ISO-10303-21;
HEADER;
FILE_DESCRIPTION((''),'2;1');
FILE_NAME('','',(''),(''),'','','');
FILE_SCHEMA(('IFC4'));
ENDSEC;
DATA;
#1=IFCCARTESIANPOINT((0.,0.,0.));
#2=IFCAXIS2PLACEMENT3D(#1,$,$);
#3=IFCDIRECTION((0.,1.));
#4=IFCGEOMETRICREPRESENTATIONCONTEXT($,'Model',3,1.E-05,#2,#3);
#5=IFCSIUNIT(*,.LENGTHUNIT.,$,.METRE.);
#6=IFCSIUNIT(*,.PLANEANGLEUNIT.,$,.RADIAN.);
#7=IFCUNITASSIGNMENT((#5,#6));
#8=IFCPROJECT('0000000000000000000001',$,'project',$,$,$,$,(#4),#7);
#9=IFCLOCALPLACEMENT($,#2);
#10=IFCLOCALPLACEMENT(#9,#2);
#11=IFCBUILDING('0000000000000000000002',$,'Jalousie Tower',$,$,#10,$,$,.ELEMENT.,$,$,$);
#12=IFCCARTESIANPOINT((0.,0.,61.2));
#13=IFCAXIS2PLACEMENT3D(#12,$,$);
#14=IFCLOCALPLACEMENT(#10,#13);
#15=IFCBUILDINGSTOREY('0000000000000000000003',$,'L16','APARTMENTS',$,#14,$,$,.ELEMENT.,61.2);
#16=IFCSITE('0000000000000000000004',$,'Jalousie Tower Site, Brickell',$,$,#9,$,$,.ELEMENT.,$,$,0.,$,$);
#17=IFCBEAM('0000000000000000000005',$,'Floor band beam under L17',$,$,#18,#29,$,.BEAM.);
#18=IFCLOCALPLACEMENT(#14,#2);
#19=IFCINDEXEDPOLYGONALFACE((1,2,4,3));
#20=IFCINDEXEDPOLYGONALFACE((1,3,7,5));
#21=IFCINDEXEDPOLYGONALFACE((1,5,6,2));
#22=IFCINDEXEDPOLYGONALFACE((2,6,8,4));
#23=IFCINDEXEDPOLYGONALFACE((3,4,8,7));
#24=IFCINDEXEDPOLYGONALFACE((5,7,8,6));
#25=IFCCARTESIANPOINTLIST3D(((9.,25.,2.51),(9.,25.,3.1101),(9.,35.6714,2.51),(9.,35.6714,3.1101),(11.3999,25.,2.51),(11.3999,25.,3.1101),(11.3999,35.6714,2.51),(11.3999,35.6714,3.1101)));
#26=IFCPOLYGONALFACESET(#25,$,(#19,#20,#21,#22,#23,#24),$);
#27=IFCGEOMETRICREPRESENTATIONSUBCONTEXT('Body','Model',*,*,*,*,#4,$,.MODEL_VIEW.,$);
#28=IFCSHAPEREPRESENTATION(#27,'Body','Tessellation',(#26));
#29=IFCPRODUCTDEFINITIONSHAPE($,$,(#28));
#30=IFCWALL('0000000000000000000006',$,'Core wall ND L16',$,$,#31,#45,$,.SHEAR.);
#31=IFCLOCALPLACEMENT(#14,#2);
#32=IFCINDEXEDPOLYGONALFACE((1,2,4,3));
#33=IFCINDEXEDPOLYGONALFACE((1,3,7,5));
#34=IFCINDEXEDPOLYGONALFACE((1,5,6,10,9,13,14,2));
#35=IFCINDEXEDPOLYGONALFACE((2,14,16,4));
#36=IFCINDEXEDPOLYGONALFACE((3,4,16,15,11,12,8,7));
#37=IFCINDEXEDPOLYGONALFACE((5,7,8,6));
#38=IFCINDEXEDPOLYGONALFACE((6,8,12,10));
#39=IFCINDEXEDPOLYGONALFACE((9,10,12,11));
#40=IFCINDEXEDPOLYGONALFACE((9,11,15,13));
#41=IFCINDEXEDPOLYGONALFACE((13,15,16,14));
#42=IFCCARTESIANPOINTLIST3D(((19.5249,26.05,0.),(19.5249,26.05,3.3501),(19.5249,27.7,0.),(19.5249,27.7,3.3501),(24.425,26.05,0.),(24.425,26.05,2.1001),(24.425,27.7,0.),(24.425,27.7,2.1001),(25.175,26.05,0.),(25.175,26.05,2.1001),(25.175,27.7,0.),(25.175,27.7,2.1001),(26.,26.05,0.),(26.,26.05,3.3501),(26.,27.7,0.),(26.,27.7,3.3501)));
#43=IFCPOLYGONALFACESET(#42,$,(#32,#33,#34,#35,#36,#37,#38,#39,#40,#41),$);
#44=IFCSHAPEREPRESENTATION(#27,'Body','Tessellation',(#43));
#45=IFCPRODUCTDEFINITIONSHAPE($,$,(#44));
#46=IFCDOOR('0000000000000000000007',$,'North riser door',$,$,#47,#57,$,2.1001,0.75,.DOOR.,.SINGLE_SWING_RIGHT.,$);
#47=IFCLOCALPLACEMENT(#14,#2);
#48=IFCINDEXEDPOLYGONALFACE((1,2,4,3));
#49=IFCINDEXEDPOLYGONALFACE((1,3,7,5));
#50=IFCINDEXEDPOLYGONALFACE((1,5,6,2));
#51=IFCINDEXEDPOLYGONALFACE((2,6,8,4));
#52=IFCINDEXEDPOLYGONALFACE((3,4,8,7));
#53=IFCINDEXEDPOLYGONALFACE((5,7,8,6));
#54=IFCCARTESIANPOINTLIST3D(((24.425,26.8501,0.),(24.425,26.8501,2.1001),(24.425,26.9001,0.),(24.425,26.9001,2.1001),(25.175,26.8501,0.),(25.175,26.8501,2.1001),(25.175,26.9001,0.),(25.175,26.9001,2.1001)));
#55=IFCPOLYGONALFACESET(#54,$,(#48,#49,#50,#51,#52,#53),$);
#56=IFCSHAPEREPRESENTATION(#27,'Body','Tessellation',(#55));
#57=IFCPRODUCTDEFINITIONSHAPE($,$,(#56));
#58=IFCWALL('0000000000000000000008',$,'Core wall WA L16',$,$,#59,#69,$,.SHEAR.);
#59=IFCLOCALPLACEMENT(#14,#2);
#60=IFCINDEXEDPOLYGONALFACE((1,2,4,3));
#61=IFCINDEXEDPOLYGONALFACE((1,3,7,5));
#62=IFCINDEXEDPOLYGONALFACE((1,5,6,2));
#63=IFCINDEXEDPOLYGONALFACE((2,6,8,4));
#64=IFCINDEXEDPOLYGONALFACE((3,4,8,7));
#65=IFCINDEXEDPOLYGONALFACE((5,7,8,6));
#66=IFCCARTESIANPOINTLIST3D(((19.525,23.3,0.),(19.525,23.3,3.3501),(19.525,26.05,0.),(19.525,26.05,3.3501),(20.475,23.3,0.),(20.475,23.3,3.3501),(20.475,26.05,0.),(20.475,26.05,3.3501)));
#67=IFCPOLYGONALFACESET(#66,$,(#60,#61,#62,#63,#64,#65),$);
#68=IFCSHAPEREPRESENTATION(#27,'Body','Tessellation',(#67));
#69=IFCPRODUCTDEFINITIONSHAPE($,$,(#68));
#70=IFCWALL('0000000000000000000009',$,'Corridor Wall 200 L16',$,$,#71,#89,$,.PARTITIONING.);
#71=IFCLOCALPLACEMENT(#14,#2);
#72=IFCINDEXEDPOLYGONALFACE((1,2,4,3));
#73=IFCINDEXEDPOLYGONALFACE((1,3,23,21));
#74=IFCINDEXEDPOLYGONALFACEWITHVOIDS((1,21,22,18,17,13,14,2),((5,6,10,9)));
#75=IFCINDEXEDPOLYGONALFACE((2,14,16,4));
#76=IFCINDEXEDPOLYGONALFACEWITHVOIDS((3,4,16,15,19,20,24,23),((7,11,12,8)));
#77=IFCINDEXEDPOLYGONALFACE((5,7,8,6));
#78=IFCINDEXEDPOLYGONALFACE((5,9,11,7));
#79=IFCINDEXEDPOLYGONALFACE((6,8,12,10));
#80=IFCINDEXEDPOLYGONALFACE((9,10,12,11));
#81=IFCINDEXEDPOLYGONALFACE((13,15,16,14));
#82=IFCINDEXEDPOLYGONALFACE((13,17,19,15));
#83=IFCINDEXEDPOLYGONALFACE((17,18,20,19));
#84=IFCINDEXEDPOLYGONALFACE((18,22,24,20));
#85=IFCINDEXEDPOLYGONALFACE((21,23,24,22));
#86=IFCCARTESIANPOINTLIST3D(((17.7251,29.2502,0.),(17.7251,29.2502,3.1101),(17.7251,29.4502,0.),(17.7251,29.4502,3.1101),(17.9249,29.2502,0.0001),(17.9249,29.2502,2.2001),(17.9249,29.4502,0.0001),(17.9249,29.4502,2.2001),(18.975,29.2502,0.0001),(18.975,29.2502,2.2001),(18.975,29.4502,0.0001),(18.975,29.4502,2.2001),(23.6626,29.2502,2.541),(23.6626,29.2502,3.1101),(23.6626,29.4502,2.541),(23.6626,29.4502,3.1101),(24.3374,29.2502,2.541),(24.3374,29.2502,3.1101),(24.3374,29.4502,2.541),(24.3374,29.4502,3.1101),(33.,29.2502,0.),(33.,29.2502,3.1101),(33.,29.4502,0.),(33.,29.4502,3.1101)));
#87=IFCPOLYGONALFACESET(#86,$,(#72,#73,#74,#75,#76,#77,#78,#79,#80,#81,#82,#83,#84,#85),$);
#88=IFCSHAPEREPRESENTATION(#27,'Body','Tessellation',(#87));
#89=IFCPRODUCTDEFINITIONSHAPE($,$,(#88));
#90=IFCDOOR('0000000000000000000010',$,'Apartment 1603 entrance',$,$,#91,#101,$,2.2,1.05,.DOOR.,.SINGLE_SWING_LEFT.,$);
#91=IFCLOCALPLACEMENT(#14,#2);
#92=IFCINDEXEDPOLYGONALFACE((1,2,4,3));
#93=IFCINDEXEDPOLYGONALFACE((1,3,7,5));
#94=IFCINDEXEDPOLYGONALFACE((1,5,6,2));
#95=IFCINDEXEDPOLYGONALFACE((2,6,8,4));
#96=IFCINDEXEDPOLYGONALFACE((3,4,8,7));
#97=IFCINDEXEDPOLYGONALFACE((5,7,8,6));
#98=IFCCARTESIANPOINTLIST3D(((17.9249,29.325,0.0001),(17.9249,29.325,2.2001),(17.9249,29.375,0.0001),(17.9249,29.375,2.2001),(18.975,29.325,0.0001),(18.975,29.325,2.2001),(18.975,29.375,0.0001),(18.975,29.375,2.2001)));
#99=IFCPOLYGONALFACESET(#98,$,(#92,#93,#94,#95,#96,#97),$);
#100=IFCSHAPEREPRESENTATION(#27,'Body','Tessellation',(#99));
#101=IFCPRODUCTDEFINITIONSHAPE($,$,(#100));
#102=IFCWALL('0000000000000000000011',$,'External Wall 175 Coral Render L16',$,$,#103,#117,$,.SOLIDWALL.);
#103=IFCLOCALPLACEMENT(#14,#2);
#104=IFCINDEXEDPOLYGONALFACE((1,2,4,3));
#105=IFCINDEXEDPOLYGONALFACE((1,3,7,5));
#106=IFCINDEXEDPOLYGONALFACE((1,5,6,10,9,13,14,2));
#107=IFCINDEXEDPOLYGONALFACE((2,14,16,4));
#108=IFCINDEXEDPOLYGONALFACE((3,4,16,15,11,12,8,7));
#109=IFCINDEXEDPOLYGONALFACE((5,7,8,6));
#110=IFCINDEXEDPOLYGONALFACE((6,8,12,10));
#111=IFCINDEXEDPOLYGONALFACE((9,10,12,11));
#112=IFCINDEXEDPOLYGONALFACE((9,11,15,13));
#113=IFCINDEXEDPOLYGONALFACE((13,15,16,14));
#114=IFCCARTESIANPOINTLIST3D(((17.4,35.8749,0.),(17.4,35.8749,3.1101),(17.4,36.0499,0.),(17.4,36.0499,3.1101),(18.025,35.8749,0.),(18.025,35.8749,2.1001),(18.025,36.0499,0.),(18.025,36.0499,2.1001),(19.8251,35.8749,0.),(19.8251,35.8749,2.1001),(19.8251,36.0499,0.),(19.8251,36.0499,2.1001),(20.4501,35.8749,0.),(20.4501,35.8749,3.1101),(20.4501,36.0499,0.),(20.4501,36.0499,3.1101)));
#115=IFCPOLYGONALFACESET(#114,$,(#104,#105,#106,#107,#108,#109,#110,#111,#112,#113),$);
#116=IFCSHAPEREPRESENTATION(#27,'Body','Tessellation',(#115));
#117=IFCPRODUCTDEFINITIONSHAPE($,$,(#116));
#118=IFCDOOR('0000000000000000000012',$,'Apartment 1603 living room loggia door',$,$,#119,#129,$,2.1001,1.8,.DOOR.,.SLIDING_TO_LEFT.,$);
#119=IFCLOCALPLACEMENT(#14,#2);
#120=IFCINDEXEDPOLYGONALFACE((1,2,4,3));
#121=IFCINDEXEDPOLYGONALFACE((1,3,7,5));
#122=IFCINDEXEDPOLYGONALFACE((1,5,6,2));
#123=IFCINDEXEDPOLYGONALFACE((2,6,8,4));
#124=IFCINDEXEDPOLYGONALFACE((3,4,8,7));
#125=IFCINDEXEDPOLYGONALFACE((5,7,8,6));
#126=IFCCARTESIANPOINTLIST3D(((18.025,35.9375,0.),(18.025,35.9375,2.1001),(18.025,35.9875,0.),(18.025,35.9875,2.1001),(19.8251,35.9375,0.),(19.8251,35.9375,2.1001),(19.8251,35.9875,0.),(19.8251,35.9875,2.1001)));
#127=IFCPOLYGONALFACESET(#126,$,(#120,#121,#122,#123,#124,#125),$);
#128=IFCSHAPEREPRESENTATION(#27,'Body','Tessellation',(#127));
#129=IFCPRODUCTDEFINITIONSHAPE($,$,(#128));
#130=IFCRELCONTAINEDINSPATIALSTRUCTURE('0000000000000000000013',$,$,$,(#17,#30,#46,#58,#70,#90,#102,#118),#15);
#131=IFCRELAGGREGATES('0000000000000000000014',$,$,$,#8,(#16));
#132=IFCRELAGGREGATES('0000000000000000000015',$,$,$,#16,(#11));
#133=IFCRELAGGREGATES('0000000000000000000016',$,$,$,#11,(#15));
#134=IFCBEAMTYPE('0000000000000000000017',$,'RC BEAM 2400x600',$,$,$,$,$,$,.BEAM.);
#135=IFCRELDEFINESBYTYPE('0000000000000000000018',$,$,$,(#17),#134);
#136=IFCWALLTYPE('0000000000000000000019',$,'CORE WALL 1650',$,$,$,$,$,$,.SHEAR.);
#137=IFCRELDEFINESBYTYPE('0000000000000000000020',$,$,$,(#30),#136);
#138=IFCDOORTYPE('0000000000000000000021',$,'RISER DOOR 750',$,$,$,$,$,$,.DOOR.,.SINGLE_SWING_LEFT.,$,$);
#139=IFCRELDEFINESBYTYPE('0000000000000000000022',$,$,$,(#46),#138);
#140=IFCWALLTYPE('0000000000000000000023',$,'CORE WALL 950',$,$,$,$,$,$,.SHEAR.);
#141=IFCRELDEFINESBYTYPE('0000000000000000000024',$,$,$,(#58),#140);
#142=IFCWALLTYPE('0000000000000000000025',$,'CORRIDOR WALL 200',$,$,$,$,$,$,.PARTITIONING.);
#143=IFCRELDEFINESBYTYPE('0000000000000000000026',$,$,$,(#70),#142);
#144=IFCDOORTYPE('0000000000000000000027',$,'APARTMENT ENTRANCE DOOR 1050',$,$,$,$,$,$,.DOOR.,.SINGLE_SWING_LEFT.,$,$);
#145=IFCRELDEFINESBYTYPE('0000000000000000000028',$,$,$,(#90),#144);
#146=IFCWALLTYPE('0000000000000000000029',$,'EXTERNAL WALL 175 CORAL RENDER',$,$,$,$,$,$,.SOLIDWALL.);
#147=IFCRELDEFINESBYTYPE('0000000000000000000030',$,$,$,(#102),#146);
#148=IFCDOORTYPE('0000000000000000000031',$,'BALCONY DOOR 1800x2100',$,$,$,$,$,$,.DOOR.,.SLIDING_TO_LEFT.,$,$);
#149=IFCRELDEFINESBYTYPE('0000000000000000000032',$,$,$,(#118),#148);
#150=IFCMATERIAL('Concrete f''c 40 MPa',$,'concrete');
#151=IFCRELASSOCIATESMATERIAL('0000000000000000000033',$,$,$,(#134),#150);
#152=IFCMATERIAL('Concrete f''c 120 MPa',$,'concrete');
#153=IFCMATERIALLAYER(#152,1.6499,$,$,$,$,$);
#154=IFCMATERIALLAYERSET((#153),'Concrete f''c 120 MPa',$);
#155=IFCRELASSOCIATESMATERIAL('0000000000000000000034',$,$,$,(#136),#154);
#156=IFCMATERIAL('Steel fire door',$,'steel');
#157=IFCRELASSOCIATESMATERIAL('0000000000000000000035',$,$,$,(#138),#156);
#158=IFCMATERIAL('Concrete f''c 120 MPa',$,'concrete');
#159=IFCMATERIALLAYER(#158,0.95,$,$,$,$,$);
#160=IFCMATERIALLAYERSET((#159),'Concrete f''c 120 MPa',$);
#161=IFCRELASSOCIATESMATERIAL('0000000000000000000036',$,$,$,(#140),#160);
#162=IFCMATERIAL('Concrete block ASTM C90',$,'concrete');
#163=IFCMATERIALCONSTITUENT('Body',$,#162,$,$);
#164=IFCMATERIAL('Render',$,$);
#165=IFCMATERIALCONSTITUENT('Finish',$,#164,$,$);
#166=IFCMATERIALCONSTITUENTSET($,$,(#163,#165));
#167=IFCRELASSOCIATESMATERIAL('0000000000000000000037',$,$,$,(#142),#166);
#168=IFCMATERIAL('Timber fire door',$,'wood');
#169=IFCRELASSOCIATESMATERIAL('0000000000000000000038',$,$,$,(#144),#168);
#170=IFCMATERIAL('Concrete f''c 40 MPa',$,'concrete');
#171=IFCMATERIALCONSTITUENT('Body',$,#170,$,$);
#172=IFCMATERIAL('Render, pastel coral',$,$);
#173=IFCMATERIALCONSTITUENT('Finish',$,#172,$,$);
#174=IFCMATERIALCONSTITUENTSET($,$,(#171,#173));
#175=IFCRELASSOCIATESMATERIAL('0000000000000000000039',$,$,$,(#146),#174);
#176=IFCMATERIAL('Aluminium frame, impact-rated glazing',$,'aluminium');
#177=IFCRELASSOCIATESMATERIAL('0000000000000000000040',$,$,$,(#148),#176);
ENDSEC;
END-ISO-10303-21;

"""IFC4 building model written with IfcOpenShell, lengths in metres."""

from ifc_helpers import new_model, si_unit, direction, frame, frame_2d, origin, origin_2d, place, context, subcontext, project, spatial, polyline, rectangle, outline, extrude, material, layer, layer_set, constituent, constituent_set, material_profile, profile_set, type_object, element, fill, save


model = new_model("IFC4")

# Units and contexts
model_context = context("Model", 3, precision=1e-05, world=origin(), true_north=direction((0.0, 1.0)))
body_context = subcontext(model_context, "Body", "Model", "MODEL_VIEW")
ifc_project = project(units=[si_unit("LENGTHUNIT", "METRE"), si_unit("PLANEANGLEUNIT", "RADIAN")], contexts=[model_context])

# Site, building, storey
site_placement = place(None, origin())
site = spatial("IfcSite", under=ifc_project, at=site_placement, Name="Jalousie Tower Site, Brickell", CompositionType="ELEMENT", RefElevation=0.0)
building_placement = place(site_placement, origin())
building = spatial("IfcBuilding", under=site, at=building_placement, Name="Jalousie Tower", CompositionType="ELEMENT")
storey_placement = place(building_placement, frame((0.0, 0.0, 61.2)))
storey = spatial("IfcBuildingStorey", under=building, at=storey_placement, Name="L16", Description="APARTMENTS", CompositionType="ELEMENT", Elevation=61.2)

# Beam
ifc_material_1 = material(Name="Concrete f'c 40 MPa", Category="concrete")
ifc_material_profile = material_profile(ifc_material_1, rectangle(XDim=2.3999, YDim=0.6001, at=origin_2d()), Name="RC 2400x600")
ifc_profile_set = profile_set([ifc_material_profile], Name="Concrete f'c 40 MPa")
beam_type = type_object("IfcBeamType", Name="RC BEAM 2400x600", PredefinedType="BEAM", material=ifc_profile_set)
beam_placement = place(storey_placement, frame((10.2, 25.0, 2.8101), z_axis=(0.0, 1.0, 0.0), x_axis=(-1.0, 0.0, 0.0)))
element("IfcBeam", 1, at=beam_placement, inside=storey, type_object=beam_type, Name="Floor band beam under L17", PredefinedType="BEAM", context=body_context, shape_type="SweptSolid", body=[
    extrude(rectangle(XDim=2.3999, YDim=0.6001, at=origin_2d()), origin(), (0.0, 0.0, 1.0), 10.6714),
])

# Wall, opening, door
ifc_material_2 = material(Name="Concrete f'c 120 MPa", Category="concrete")
ifc_layer_1 = layer(ifc_material_2, 1.6499)
ifc_layer_set_1 = layer_set([ifc_layer_1], Name="Concrete f'c 120 MPa")
wall_type_1 = type_object("IfcWallType", Name="CORE WALL 1650", PredefinedType="SHEAR", material=ifc_layer_set_1)
wall_1_placement = place(storey_placement, frame((26.0, 26.875, 0.0), z_axis=(0.0, 0.0, 1.0), x_axis=(-1.0, 0.0, 0.0)))
wall_1 = element("IfcWall", 2, at=wall_1_placement, inside=storey, type_object=wall_type_1, Name="Core wall ND L16", PredefinedType="SHEAR", context=body_context, shape_type="SweptSolid", body=[
    extrude(rectangle(XDim=6.4751, YDim=1.6499, at=frame_2d((3.2375, 0.0))), origin(), (0.0, 0.0, 1.0), 3.3501),
])
opening_1_placement = place(wall_1_placement, frame((0.825, 0.0, 0.0)))
opening_1 = element("IfcOpeningElement", 3, at=opening_1_placement, cuts=wall_1, PredefinedType="OPENING", context=body_context, shape_type="SweptSolid", body=[
    extrude(rectangle(XDim=0.75, YDim=2.1001, at=frame_2d((0.375, 1.05))), frame((0.0, 0.835, 0.0), z_axis=(0.0, -1.0, 0.0), x_axis=(1.0, 0.0, 0.0)), (0.0, 0.0, 1.0), 1.6699),
])
ifc_material_3 = material(Name="Steel fire door", Category="steel")
door_type_1 = type_object("IfcDoorType", Name="RISER DOOR 750", OperationType="SINGLE_SWING_LEFT", PredefinedType="DOOR", material=ifc_material_3)
door_1_placement = place(opening_1_placement, origin())
door_1 = element("IfcDoor", 4, at=door_1_placement, inside=storey, type_object=door_type_1, Name="North riser door", OperationType="SINGLE_SWING_RIGHT", OverallHeight=2.1001, OverallWidth=0.75, PredefinedType="DOOR", context=body_context, shape_type="SweptSolid", body=[
    extrude(rectangle(XDim=0.75, YDim=2.1001, at=frame_2d((0.375, 1.05))), frame((0.0, 0.0249, 0.0), z_axis=(0.0, -1.0, 0.0), x_axis=(1.0, 0.0, 0.0)), (0.0, 0.0, 1.0), 0.05),
])
fill(opening_1, door_1)

# Wall
ifc_material_4 = material(Name="Concrete f'c 120 MPa", Category="concrete")
ifc_layer_2 = layer(ifc_material_4, 0.95)
ifc_layer_set_2 = layer_set([ifc_layer_2], Name="Concrete f'c 120 MPa")
wall_type_2 = type_object("IfcWallType", Name="CORE WALL 950", PredefinedType="SHEAR", material=ifc_layer_set_2)
wall_2_placement = place(storey_placement, frame((20.0, 26.05, 0.0), z_axis=(0.0, 0.0, 1.0), x_axis=(0.0, -1.0, 0.0)))
element("IfcWall", 5, at=wall_2_placement, inside=storey, type_object=wall_type_2, Name="Core wall WA L16", PredefinedType="SHEAR", context=body_context, shape_type="SweptSolid", body=[
    extrude(rectangle(XDim=2.75, YDim=0.95, at=frame_2d((1.375, 0.0))), origin(), (0.0, 0.0, 1.0), 3.3501),
])

# Walls, openings, doors
ifc_material_5 = material(Name="Concrete block ASTM C90", Category="concrete")
ifc_constituent_1 = constituent(ifc_material_5, Name="Body")
ifc_material_6 = material(Name="Render")
ifc_constituent_2 = constituent(ifc_material_6, Name="Finish")
ifc_constituent_set_1 = constituent_set(constituents=[ifc_constituent_1, ifc_constituent_2])
wall_type_3 = type_object("IfcWallType", Name="CORRIDOR WALL 200", PredefinedType="PARTITIONING", material=ifc_constituent_set_1)
wall_3_placement = place(storey_placement, frame((17.7251, 29.3501, 0.0), z_axis=(0.0, 0.0, 1.0), x_axis=(1.0, 0.0, 0.0)))
wall_3 = element("IfcWall", 6, at=wall_3_placement, inside=storey, type_object=wall_type_3, Name="Corridor Wall 200 L16", PredefinedType="PARTITIONING", context=body_context, shape_type="SweptSolid", body=[
    extrude(outline(polyline([(0.0, 0.0), (15.2749, 0.0), (15.2749, 3.1101), (6.6123, 3.1101), (6.6123, 2.541), (5.9375, 2.541), (5.9375, 3.1101), (0.0, 3.1101), (0.0, 0.0)])), frame((0.0, 0.1001, 0.0), z_axis=(0.0, -1.0, 0.0), x_axis=(1.0, 0.0, 0.0)), (0.0, 0.0, 1.0), 0.2),
])
opening_2_placement = place(wall_3_placement, frame((0.2, 0.0, 0.0)))
opening_2 = element("IfcOpeningElement", 7, at=opening_2_placement, cuts=wall_3, PredefinedType="OPENING", context=body_context, shape_type="SweptSolid", body=[
    extrude(rectangle(XDim=1.05, YDim=2.2, at=frame_2d((0.5249, 1.1001))), frame((0.0, 0.1099, 0.0), z_axis=(0.0, -1.0, 0.0), x_axis=(1.0, 0.0, 0.0)), (0.0, 0.0, 1.0), 0.22),
])
ifc_material_7 = material(Name="Timber fire door", Category="wood")
door_type_2 = type_object("IfcDoorType", Name="APARTMENT ENTRANCE DOOR 1050", OperationType="SINGLE_SWING_LEFT", PredefinedType="DOOR", material=ifc_material_7)
door_2_placement = place(opening_2_placement, origin())
door_2 = element("IfcDoor", 8, at=door_2_placement, inside=storey, type_object=door_type_2, Name="Apartment 1603 entrance", OperationType="SINGLE_SWING_LEFT", OverallHeight=2.2, OverallWidth=1.05, PredefinedType="DOOR", context=body_context, shape_type="SweptSolid", body=[
    extrude(rectangle(XDim=1.05, YDim=2.2, at=frame_2d((0.5249, 1.1001))), frame((0.0, 0.0249, 0.0), z_axis=(0.0, -1.0, 0.0), x_axis=(1.0, 0.0, 0.0)), (0.0, 0.0, 1.0), 0.05),
])
fill(opening_2, door_2)
ifc_material_8 = material(Name="Concrete f'c 40 MPa", Category="concrete")
ifc_constituent_3 = constituent(ifc_material_8, Name="Body")
ifc_material_9 = material(Name="Render, pastel coral")
ifc_constituent_4 = constituent(ifc_material_9, Name="Finish")
ifc_constituent_set_2 = constituent_set(constituents=[ifc_constituent_3, ifc_constituent_4])
wall_type_4 = type_object("IfcWallType", Name="EXTERNAL WALL 175 CORAL RENDER", PredefinedType="SOLIDWALL", material=ifc_constituent_set_2)
wall_4_placement = place(storey_placement, frame((20.45, 35.9624, 0.0), z_axis=(0.0, 0.0, 1.0), x_axis=(-1.0, 0.0, 0.0)))
wall_4 = element("IfcWall", 9, at=wall_4_placement, inside=storey, type_object=wall_type_4, Name="External Wall 175 Coral Render L16", PredefinedType="SOLIDWALL", context=body_context, shape_type="SweptSolid", body=[
    extrude(rectangle(XDim=3.05, YDim=0.175, at=frame_2d((1.5249, 0.0))), origin(), (0.0, 0.0, 1.0), 3.1101),
])
opening_3_placement = place(wall_4_placement, frame((0.625, 0.0, 0.0)))
opening_3 = element("IfcOpeningElement", 10, at=opening_3_placement, cuts=wall_4, PredefinedType="OPENING", context=body_context, shape_type="SweptSolid", body=[
    extrude(rectangle(XDim=1.8, YDim=2.1001, at=frame_2d((0.8999, 1.05))), frame((0.0, 0.0974, 0.0), z_axis=(0.0, -1.0, 0.0), x_axis=(1.0, 0.0, 0.0)), (0.0, 0.0, 1.0), 0.1951),
])
ifc_material_10 = material(Name="Aluminium frame, impact-rated glazing", Category="aluminium")
door_type_3 = type_object("IfcDoorType", Name="BALCONY DOOR 1800x2100", OperationType="SLIDING_TO_LEFT", PredefinedType="DOOR", material=ifc_material_10)
door_3_placement = place(opening_3_placement, origin())
door_3 = element("IfcDoor", 11, at=door_3_placement, inside=storey, type_object=door_type_3, Name="Apartment 1603 living room loggia door", OperationType="SLIDING_TO_LEFT", OverallHeight=2.1001, OverallWidth=1.8, PredefinedType="DOOR", context=body_context, shape_type="SweptSolid", body=[
    extrude(rectangle(XDim=1.8, YDim=2.1001, at=frame_2d((0.8999, 1.05))), frame((0.0, 0.0249, 0.0), z_axis=(0.0, -1.0, 0.0), x_axis=(1.0, 0.0, 0.0)), (0.0, 0.0, 1.0), 0.05),
])
fill(opening_3, door_3)

save(model, "model.ifc")
